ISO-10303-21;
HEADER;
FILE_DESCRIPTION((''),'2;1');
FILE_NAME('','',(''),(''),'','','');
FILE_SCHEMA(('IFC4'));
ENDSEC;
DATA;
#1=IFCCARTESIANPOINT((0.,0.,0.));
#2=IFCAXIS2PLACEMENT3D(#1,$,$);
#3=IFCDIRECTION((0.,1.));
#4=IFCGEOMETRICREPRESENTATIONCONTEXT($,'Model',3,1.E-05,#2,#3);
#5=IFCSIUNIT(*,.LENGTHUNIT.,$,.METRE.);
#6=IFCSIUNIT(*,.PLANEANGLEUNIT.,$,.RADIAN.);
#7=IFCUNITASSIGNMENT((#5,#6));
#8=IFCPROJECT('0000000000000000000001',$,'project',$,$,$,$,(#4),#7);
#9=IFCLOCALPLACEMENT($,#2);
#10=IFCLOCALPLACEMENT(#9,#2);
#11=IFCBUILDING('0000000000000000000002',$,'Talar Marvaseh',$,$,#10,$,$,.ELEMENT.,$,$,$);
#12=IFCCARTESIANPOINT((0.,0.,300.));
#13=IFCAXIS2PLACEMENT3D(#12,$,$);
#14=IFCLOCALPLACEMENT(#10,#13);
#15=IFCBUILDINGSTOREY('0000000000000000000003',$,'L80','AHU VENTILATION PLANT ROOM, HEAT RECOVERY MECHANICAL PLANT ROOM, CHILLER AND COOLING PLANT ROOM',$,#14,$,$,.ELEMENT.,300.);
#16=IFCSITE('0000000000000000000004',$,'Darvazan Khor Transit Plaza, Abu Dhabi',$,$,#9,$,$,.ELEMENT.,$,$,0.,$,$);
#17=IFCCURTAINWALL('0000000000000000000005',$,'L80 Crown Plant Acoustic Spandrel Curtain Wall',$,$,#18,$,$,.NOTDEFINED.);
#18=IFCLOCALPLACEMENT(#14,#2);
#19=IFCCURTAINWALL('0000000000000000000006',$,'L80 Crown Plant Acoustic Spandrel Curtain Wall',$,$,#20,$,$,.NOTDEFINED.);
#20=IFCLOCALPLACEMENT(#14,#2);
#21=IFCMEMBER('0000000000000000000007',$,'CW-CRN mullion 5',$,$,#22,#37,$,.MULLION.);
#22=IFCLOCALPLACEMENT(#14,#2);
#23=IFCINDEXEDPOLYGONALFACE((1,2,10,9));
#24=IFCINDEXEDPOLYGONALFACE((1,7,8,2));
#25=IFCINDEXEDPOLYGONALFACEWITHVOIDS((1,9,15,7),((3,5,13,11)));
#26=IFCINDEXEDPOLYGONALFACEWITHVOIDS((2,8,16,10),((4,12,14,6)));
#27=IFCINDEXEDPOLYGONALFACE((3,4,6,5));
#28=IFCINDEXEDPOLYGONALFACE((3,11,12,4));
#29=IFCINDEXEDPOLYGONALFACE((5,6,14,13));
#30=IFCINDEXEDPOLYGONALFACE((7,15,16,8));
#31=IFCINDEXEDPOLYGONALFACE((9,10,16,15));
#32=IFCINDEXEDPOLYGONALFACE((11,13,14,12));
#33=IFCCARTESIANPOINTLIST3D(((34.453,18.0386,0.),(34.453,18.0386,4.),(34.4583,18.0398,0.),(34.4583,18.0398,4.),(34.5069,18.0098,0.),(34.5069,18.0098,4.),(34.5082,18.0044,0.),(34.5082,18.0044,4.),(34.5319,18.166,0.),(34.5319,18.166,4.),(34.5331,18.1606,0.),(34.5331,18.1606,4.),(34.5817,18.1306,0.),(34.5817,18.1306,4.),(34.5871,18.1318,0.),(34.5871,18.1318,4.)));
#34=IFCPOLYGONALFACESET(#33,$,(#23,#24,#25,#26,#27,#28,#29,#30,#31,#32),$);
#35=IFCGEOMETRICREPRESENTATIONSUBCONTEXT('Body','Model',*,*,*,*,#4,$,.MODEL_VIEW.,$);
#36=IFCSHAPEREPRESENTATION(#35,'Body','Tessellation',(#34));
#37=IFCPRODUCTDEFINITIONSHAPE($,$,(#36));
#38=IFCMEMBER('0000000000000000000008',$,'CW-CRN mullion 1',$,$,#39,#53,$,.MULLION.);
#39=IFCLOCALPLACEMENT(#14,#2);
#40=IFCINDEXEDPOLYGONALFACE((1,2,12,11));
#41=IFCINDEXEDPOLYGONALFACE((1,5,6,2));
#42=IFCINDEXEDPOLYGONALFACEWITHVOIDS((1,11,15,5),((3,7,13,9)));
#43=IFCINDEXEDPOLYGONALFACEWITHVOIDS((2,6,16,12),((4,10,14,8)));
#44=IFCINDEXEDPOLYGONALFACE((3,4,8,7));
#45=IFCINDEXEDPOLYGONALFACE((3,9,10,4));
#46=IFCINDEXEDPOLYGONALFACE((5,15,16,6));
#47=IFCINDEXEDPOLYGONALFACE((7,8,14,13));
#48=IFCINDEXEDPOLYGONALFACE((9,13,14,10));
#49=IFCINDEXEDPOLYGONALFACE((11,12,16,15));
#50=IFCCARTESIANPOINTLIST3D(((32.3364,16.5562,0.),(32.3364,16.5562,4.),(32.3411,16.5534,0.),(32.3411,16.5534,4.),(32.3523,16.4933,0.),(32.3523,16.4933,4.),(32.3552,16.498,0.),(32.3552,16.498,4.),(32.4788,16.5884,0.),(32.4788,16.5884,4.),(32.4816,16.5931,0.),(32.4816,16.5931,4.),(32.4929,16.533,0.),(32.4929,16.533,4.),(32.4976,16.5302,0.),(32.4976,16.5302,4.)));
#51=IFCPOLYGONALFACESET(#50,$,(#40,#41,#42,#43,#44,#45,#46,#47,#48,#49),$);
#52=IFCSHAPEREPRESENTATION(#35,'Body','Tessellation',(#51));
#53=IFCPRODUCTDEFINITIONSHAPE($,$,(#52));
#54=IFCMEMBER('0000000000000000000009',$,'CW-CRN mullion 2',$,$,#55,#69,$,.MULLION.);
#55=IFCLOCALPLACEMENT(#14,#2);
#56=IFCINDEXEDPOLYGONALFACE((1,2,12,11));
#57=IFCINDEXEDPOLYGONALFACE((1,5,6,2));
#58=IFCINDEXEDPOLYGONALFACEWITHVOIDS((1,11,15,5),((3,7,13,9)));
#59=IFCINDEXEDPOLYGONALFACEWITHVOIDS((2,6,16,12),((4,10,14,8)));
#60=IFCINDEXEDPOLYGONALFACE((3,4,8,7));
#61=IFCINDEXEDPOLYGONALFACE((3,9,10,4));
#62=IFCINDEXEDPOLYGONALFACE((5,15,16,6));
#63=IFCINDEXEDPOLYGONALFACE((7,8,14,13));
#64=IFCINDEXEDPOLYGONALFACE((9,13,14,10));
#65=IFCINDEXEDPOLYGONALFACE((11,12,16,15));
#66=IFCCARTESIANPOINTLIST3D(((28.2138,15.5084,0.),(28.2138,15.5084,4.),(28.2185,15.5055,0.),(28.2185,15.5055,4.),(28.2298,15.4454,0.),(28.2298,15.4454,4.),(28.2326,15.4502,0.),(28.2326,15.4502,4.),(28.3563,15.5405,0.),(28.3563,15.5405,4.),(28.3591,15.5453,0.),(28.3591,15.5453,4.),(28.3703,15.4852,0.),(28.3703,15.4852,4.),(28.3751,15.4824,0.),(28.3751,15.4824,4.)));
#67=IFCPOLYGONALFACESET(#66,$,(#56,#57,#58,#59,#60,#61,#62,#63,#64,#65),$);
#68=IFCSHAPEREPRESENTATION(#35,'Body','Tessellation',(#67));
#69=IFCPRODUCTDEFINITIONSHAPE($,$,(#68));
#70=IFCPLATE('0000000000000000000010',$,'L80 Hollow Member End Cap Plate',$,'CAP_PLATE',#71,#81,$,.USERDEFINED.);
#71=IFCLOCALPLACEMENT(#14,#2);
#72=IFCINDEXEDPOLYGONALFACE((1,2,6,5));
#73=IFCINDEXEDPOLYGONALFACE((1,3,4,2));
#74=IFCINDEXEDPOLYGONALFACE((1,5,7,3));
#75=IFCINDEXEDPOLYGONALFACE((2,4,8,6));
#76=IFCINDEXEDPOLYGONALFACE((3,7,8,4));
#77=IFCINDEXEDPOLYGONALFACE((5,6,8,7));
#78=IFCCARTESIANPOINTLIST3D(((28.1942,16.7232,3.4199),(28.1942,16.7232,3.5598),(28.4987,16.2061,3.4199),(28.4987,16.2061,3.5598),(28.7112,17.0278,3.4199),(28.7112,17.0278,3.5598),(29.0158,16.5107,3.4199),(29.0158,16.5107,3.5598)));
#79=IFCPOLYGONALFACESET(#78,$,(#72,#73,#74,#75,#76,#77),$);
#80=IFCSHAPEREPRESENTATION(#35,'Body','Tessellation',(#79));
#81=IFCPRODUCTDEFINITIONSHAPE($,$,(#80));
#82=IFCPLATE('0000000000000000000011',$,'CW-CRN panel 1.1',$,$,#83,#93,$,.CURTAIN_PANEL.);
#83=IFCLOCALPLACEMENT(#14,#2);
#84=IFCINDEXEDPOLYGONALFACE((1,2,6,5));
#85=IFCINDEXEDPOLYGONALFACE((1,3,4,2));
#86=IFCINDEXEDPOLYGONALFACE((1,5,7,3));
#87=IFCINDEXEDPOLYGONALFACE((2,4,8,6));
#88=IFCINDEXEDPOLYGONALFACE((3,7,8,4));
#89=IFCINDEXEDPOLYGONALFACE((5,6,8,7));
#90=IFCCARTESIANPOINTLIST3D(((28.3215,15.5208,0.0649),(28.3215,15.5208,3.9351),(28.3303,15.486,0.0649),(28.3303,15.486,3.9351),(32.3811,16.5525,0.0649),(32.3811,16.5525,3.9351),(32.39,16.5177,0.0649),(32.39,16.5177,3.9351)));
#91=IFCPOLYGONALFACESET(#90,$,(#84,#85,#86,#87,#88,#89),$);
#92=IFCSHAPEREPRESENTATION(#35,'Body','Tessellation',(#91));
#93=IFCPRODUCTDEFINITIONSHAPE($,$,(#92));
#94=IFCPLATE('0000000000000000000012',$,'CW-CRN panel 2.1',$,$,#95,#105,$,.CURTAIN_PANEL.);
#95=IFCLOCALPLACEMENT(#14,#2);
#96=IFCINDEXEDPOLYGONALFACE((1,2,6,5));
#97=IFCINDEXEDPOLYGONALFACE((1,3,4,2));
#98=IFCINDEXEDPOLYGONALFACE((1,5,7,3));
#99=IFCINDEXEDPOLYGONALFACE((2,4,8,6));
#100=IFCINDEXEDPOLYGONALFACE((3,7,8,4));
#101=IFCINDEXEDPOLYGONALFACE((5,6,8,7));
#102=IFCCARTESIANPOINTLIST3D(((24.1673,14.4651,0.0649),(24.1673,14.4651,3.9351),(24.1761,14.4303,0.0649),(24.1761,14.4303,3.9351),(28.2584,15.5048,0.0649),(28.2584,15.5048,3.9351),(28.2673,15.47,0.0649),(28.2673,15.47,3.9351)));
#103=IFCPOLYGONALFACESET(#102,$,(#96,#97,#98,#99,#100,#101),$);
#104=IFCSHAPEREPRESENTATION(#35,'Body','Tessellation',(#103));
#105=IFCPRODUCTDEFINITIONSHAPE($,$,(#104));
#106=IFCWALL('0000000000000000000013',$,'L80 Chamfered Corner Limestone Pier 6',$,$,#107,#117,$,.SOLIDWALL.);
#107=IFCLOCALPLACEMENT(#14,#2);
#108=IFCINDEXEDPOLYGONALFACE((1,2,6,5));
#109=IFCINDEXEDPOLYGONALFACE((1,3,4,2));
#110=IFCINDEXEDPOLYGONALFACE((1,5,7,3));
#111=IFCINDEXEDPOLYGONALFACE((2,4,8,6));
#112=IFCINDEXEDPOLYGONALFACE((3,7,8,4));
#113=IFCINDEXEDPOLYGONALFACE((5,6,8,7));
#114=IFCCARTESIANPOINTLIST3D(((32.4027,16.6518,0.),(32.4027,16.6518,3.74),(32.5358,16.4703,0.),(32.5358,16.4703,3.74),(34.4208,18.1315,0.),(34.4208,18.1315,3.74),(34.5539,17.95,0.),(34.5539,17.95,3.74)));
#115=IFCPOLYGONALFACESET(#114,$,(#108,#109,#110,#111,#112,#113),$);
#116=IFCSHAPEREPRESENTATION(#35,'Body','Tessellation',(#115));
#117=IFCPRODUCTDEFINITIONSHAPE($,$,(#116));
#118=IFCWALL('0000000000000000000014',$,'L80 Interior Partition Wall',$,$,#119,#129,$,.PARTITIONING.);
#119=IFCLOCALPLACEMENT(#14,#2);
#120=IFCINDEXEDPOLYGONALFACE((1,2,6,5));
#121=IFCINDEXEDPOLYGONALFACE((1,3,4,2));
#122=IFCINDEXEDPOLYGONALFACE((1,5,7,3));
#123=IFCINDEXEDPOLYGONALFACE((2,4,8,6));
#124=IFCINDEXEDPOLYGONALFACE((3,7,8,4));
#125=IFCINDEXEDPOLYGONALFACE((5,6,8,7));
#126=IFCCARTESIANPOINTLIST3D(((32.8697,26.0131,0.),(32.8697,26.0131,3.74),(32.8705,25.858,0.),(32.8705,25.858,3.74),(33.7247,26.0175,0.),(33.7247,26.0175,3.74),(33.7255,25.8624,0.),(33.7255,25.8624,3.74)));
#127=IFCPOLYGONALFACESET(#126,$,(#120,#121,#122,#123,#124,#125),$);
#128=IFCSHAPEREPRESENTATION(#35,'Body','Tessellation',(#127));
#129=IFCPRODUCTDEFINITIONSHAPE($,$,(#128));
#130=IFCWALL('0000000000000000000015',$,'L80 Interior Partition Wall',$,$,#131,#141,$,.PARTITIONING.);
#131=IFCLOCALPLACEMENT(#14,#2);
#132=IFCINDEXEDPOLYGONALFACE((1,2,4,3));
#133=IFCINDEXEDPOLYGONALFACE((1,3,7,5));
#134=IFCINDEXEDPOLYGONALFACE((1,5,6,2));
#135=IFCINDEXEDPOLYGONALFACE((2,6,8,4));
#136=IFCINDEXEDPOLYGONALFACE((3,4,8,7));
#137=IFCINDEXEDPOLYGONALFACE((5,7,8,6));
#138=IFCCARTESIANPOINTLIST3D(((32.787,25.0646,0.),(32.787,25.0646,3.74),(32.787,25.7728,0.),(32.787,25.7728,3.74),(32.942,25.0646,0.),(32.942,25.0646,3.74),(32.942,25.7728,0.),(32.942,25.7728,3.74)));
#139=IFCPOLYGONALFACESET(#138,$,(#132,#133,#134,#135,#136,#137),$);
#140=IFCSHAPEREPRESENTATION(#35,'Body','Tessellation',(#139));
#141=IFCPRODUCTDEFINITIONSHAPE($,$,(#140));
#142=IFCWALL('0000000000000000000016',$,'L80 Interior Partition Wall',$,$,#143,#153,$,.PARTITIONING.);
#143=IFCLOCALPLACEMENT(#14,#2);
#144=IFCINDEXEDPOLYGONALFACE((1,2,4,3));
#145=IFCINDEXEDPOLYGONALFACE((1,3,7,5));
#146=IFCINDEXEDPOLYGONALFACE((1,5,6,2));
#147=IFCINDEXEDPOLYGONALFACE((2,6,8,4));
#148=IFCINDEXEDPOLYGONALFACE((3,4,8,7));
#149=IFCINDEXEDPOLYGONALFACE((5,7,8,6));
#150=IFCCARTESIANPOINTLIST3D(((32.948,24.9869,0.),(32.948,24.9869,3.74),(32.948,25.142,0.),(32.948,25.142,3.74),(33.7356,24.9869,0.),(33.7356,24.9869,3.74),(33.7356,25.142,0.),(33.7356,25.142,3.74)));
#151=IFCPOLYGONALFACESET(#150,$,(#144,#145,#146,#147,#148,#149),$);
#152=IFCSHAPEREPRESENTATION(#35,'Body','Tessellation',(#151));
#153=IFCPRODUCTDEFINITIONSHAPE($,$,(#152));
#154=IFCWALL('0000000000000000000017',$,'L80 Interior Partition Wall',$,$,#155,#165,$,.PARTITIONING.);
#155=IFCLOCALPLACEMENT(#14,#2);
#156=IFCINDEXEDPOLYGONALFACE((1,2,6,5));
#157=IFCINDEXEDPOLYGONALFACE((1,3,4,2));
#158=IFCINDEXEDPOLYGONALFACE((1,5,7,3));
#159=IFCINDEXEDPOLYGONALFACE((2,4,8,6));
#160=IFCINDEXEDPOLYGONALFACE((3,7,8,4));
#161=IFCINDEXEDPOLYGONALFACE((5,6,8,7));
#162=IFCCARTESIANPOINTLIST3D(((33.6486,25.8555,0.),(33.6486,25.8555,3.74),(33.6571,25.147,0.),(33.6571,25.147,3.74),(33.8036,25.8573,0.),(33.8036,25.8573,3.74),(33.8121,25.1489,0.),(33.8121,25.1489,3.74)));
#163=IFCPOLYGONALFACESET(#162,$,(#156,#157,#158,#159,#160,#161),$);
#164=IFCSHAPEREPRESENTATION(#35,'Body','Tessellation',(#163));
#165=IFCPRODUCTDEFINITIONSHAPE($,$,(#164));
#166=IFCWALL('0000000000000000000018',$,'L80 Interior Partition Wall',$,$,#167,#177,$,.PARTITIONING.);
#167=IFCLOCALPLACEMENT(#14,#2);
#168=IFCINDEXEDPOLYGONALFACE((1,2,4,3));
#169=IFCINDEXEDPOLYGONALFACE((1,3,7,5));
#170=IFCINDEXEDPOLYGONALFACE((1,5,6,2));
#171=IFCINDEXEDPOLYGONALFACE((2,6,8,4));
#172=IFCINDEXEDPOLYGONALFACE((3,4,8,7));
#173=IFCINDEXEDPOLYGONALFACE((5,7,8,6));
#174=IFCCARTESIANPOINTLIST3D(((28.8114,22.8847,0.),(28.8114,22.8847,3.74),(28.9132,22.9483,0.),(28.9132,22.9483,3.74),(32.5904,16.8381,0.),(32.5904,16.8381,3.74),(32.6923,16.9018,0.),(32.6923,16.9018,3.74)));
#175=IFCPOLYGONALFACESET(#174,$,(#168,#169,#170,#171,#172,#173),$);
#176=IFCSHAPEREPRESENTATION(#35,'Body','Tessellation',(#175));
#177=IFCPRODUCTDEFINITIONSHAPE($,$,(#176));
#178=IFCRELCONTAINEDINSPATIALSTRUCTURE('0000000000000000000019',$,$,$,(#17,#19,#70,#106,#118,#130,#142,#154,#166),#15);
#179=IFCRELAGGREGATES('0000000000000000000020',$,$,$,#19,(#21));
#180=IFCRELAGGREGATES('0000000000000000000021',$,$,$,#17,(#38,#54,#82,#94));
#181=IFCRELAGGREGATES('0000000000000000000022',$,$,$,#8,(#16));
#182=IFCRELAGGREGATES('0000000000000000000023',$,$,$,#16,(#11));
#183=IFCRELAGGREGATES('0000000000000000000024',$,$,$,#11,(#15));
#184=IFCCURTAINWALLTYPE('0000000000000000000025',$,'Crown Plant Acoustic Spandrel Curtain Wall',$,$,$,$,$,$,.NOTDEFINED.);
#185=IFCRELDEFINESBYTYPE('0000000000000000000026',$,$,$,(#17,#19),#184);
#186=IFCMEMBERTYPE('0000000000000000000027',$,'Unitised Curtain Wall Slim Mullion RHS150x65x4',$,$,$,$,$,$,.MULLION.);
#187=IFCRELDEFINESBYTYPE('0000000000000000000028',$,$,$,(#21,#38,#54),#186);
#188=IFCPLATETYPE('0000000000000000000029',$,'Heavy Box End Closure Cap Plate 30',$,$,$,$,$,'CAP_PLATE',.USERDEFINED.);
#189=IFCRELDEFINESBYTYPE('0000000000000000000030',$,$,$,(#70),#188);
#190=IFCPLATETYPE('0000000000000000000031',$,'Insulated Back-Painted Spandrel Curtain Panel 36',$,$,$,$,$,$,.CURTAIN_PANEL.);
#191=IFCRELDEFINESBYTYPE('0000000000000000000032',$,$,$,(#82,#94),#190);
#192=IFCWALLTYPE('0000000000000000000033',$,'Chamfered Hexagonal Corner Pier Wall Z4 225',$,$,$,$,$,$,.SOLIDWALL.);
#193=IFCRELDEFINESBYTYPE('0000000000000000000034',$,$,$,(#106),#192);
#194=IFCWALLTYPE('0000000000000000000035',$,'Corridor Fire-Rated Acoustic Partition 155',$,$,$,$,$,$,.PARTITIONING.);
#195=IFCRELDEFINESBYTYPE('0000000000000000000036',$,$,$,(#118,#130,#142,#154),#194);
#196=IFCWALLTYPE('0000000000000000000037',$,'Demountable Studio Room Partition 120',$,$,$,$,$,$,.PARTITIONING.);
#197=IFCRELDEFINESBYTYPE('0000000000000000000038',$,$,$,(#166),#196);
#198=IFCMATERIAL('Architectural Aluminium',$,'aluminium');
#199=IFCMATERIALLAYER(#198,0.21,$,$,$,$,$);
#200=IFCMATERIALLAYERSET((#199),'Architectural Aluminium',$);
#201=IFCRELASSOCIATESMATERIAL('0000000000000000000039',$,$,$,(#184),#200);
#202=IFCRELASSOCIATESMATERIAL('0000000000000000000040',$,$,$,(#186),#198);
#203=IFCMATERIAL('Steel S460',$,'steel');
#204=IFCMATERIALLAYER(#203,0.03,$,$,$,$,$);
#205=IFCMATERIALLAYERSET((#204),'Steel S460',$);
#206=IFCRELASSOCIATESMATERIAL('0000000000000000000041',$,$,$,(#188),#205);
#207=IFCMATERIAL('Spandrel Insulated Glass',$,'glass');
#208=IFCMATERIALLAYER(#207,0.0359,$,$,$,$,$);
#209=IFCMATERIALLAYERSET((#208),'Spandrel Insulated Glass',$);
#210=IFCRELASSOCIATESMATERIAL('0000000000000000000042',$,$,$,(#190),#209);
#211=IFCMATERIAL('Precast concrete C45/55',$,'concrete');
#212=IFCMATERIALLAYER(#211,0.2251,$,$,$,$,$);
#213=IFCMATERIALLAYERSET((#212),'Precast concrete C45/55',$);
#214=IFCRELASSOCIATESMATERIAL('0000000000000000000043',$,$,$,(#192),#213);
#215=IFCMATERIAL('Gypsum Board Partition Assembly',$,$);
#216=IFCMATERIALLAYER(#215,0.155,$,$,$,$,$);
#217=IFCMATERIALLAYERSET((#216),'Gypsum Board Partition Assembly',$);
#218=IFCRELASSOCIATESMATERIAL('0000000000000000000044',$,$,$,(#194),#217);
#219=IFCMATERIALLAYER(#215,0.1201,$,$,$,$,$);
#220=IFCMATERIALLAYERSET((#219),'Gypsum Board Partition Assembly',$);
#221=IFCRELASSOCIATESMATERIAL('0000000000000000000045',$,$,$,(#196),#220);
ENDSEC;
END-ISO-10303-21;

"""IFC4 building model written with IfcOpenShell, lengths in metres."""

from ifc_helpers import new_model, si_unit, direction, frame, frame_2d, origin, origin_2d, place, context, subcontext, project, spatial, rectangle, hollow_rectangle, extrude, source, transform, mapped, material, layer, layer_set, material_profile, profile_set, type_object, type_shapes, element, aggregate, save


model = new_model("IFC4")

# Units and contexts
model_context = context("Model", 3, precision=1e-05, world=origin(), true_north=direction((0.0, 1.0)))
body_context = subcontext(model_context, "Body", "Model", "MODEL_VIEW")
ifc_project = project(units=[si_unit("LENGTHUNIT", "METRE"), si_unit("PLANEANGLEUNIT", "RADIAN")], contexts=[model_context])

# Site, building, storey
site_placement = place(None, origin())
site = spatial("IfcSite", under=ifc_project, at=site_placement, Name="Darvazan Khor Transit Plaza, Abu Dhabi", CompositionType="ELEMENT", RefElevation=0.0)
building_placement = place(site_placement, origin())
building = spatial("IfcBuilding", under=site, at=building_placement, Name="Talar Marvaseh", CompositionType="ELEMENT")
storey_placement = place(building_placement, frame((0.0, 0.0, 300.0)))
storey = spatial("IfcBuildingStorey", under=building, at=storey_placement, Name="L80", Description="AHU VENTILATION PLANT ROOM, HEAT RECOVERY MECHANICAL PLANT ROOM, CHILLER AND COOLING PLANT ROOM", CompositionType="ELEMENT", Elevation=300.0)

# Shared definitions
ifc_material_1 = material(Name="Steel S460", Category="steel")

# Curtain wall
ifc_material_2 = material(Name="Architectural Aluminium", Category="aluminium")
ifc_layer_1 = layer(ifc_material_2, 0.21)
ifc_layer_set_1 = layer_set([ifc_layer_1], Name="Architectural Aluminium")
curtain_wall_type = type_object("IfcCurtainWallType", Name="Crown Plant Acoustic Spandrel Curtain Wall", PredefinedType="NOTDEFINED", material=ifc_layer_set_1)
curtain_wall_1_placement = place(storey_placement, origin())
curtain_wall_1 = element("IfcCurtainWall", 1, at=curtain_wall_1_placement, inside=storey, type_object=curtain_wall_type, Name="L80 Crown Plant Acoustic Spandrel Curtain Wall", PredefinedType="NOTDEFINED")

# Curtain wall, member
curtain_wall_2_placement = place(storey_placement, origin())
curtain_wall_2 = element("IfcCurtainWall", 2, at=curtain_wall_2_placement, inside=storey, type_object=curtain_wall_type, Name="L80 Crown Plant Acoustic Spandrel Curtain Wall", PredefinedType="NOTDEFINED")
ifc_material_profile_1 = material_profile(ifc_material_2, hollow_rectangle(XDim=0.0649, YDim=0.1499, WallThickness=0.0039, at=origin_2d()), Name="RHS150x65x4")
ifc_profile_set_1 = profile_set([ifc_material_profile_1], Name="Architectural Aluminium")
member_type_1 = type_object("IfcMemberType", Name="Unitised Curtain Wall Slim Mullion RHS150x65x4", PredefinedType="MULLION", material=ifc_profile_set_1)
shared_shape_1 = source(origin(), body_context, "Body", "SweptSolid", [
    extrude(hollow_rectangle(XDim=0.0649, YDim=0.1499, WallThickness=0.0039, at=origin_2d()), origin(), (0.0, 0.0, 1.0), 4.0),
])
type_shapes(member_type_1, [shared_shape_1])
member_1_placement = place(storey_placement, frame((34.52, 18.0852, 0.0), z_axis=(0.0, 0.0, 1.0), x_axis=(0.850268, -0.52635, 0.0)))
member_1 = element("IfcMember", 3, at=member_1_placement, type_object=member_type_1, Name="CW-CRN mullion 5", PredefinedType="MULLION", context=body_context, shape_type="MappedRepresentation", body=[
    mapped(shared_shape_1, transform((0.0, 0.0, 0.0), x_axis=(1.0, 0.0, 0.0), y_axis=(0.0, 1.0, 0.0), z_axis=(0.0, 0.0, 1.0), scale=1.0)),
])
aggregate(curtain_wall_2, [member_1])

# Members
member_2_placement = place(storey_placement, frame((32.417, 16.5432, 0.0), z_axis=(0.0, 0.0, 1.0), x_axis=(0.246304, -0.969193, 0.0)))
member_2 = element("IfcMember", 4, at=member_2_placement, type_object=member_type_1, Name="CW-CRN mullion 1", PredefinedType="MULLION", context=body_context, shape_type="MappedRepresentation", body=[
    mapped(shared_shape_1, transform((0.0, 0.0, 0.0), x_axis=(1.0, 0.0, 0.0), y_axis=(0.0, 1.0, 0.0), z_axis=(0.0, 0.0, 1.0), scale=1.0)),
])
member_3_placement = place(storey_placement, frame((28.2944, 15.4954, 0.0), z_axis=(0.0, 0.0, 1.0), x_axis=(0.246304, -0.969193, 0.0)))
member_3 = element("IfcMember", 5, at=member_3_placement, type_object=member_type_1, Name="CW-CRN mullion 2", PredefinedType="MULLION", context=body_context, shape_type="MappedRepresentation", body=[
    mapped(shared_shape_1, transform((0.0, 0.0, 0.0), x_axis=(1.0, 0.0, 0.0), y_axis=(0.0, 1.0, 0.0), z_axis=(0.0, 0.0, 1.0), scale=1.0)),
])

# Plates
ifc_layer_2 = layer(ifc_material_1, 0.03)
ifc_layer_set_2 = layer_set([ifc_layer_2], Name="Steel S460")
plate_type_1 = type_object("IfcPlateType", Name="Heavy Box End Closure Cap Plate 30", ElementType="CAP_PLATE", PredefinedType="USERDEFINED", material=ifc_layer_set_2)
shared_shape_2 = source(origin(), body_context, "Body", "SweptSolid", [
    extrude(rectangle(XDim=0.6001, YDim=0.6001, at=origin_2d()), origin(), (0.0, 0.0, 1.0), 0.1399),
])
type_shapes(plate_type_1, [shared_shape_2])
plate_1_placement = place(storey_placement, frame((28.605, 16.6169, 3.4199), z_axis=(0.0, 0.0, 1.0), x_axis=(-0.861629, -0.507538, 0.0)))
element("IfcPlate", 6, at=plate_1_placement, inside=storey, type_object=plate_type_1, Name="L80 Hollow Member End Cap Plate", ObjectType="CAP_PLATE", PredefinedType="USERDEFINED", context=body_context, shape_type="MappedRepresentation", body=[
    mapped(shared_shape_2, transform((0.0, 0.0, 0.0), x_axis=(1.0, 0.0, 0.0), y_axis=(0.0, 1.0, 0.0), z_axis=(0.0, 0.0, 1.0), scale=1.0)),
])
ifc_material_3 = material(Name="Spandrel Insulated Glass", Category="glass")
ifc_layer_3 = layer(ifc_material_3, 0.0359)
ifc_layer_set_3 = layer_set([ifc_layer_3], Name="Spandrel Insulated Glass")
plate_type_2 = type_object("IfcPlateType", Name="Insulated Back-Painted Spandrel Curtain Panel 36", PredefinedType="CURTAIN_PANEL", material=ifc_layer_set_3)
shared_shape_3 = source(origin(), body_context, "Body", "SweptSolid", [
    extrude(rectangle(XDim=4.1887, YDim=0.0359, at=origin_2d()), origin(), (0.0, 0.0, 1.0), 3.8701),
])
plate_2_placement = place(storey_placement, frame((30.3557, 16.0193, 0.0649), z_axis=(0.0, 0.0, 1.0), x_axis=(-0.969193, -0.246304, 0.0)))
plate_2 = element("IfcPlate", 7, at=plate_2_placement, type_object=plate_type_2, Name="CW-CRN panel 1.1", PredefinedType="CURTAIN_PANEL", context=body_context, shape_type="MappedRepresentation", body=[
    mapped(shared_shape_3, transform((0.0, 0.0, 0.0), x_axis=(1.0, 0.0, 0.0), y_axis=(0.0, 1.0, 0.0), z_axis=(0.0, 0.0, 1.0), scale=1.0)),
])
shared_shape_4 = source(origin(), body_context, "Body", "SweptSolid", [
    extrude(rectangle(XDim=4.2212, YDim=0.0359, at=origin_2d()), origin(), (0.0, 0.0, 1.0), 3.8701),
])
type_shapes(plate_type_2, [shared_shape_3, shared_shape_4])
plate_3_placement = place(storey_placement, frame((26.2173, 14.9675, 0.0649), z_axis=(0.0, 0.0, 1.0), x_axis=(-0.969193, -0.246304, 0.0)))
plate_3 = element("IfcPlate", 8, at=plate_3_placement, type_object=plate_type_2, Name="CW-CRN panel 2.1", PredefinedType="CURTAIN_PANEL", context=body_context, shape_type="MappedRepresentation", body=[
    mapped(shared_shape_4, transform((0.0, 0.0, 0.0), x_axis=(1.0, 0.0, 0.0), y_axis=(0.0, 1.0, 0.0), z_axis=(0.0, 0.0, 1.0), scale=1.0)),
])
aggregate(curtain_wall_1, [member_2, member_3, plate_2, plate_3])

# Walls
ifc_material_4 = material(Name="Precast concrete C45/55", Category="concrete")
ifc_layer_4 = layer(ifc_material_4, 0.2251)
ifc_layer_set_4 = layer_set([ifc_layer_4], Name="Precast concrete C45/55")
wall_type_1 = type_object("IfcWallType", Name="Chamfered Hexagonal Corner Pier Wall Z4 225", PredefinedType="SOLIDWALL", material=ifc_layer_set_4)
wall_1_placement = place(storey_placement, frame((34.4873, 18.0408, 0.0), z_axis=(0.0, 0.0, 1.0), x_axis=(-0.806439, -0.591317, 0.0)))
element("IfcWall", 9, at=wall_1_placement, inside=storey, type_object=wall_type_1, Name="L80 Chamfered Corner Limestone Pier 6", PredefinedType="SOLIDWALL", context=body_context, shape_type="SweptSolid", body=[
    extrude(rectangle(XDim=2.5024, YDim=0.2251, at=frame_2d((1.2512, 0.0))), origin(), (0.0, 0.0, 1.0), 3.74),
])
ifc_material_5 = material(Name="Gypsum Board Partition Assembly")
ifc_layer_5 = layer(ifc_material_5, 0.155)
ifc_layer_set_5 = layer_set([ifc_layer_5], Name="Gypsum Board Partition Assembly")
wall_type_2 = type_object("IfcWallType", Name="Corridor Fire-Rated Acoustic Partition 155", PredefinedType="PARTITIONING", material=ifc_layer_set_5)
wall_2_placement = place(storey_placement, frame((33.7251, 25.9399, 0.0), z_axis=(0.0, 0.0, 1.0), x_axis=(-0.999987, -0.00514, 0.0)))
element("IfcWall", 10, at=wall_2_placement, inside=storey, type_object=wall_type_2, Name="L80 Interior Partition Wall", PredefinedType="PARTITIONING", context=body_context, shape_type="SweptSolid", body=[
    extrude(rectangle(XDim=0.855, YDim=0.155, at=frame_2d((0.4275, 0.0))), origin(), (0.0, 0.0, 1.0), 3.74),
])
wall_3_placement = place(storey_placement, frame((32.8645, 25.7727, 0.0), z_axis=(0.0, 0.0, 1.0), x_axis=(0.0, -1.0, 0.0)))
element("IfcWall", 11, at=wall_3_placement, inside=storey, type_object=wall_type_2, Name="L80 Interior Partition Wall", PredefinedType="PARTITIONING", context=body_context, shape_type="SweptSolid", body=[
    extrude(rectangle(XDim=0.7083, YDim=0.155, at=frame_2d((0.354, 0.0))), origin(), (0.0, 0.0, 1.0), 3.74),
])
wall_4_placement = place(storey_placement, frame((32.948, 25.0645, 0.0), z_axis=(0.0, 0.0, 1.0), x_axis=(1.0, 0.0, 0.0)))
element("IfcWall", 12, at=wall_4_placement, inside=storey, type_object=wall_type_2, Name="L80 Interior Partition Wall", PredefinedType="PARTITIONING", context=body_context, shape_type="SweptSolid", body=[
    extrude(rectangle(XDim=0.7876, YDim=0.155, at=frame_2d((0.3938, 0.0))), origin(), (0.0, 0.0, 1.0), 3.74),
])
wall_5_placement = place(storey_placement, frame((33.7346, 25.1479, 0.0), z_axis=(0.0, 0.0, 1.0), x_axis=(-0.01206, 0.999927, 0.0)))
element("IfcWall", 13, at=wall_5_placement, inside=storey, type_object=wall_type_2, Name="L80 Interior Partition Wall", PredefinedType="PARTITIONING", context=body_context, shape_type="SweptSolid", body=[
    extrude(rectangle(XDim=0.7085, YDim=0.155, at=frame_2d((0.3542, 0.0))), origin(), (0.0, 0.0, 1.0), 3.74),
])
ifc_layer_6 = layer(ifc_material_5, 0.1201)
ifc_layer_set_6 = layer_set([ifc_layer_6], Name="Gypsum Board Partition Assembly")
wall_type_3 = type_object("IfcWallType", Name="Demountable Studio Room Partition 120", PredefinedType="PARTITIONING", material=ifc_layer_set_6)
wall_6_placement = place(storey_placement, frame((28.8623, 22.9165, 0.0), z_axis=(0.0, 0.0, 1.0), x_axis=(0.52999, -0.848004, 0.0)))
element("IfcWall", 14, at=wall_6_placement, inside=storey, type_object=wall_type_3, Name="L80 Interior Partition Wall", PredefinedType="PARTITIONING", context=body_context, shape_type="SweptSolid", body=[
    extrude(rectangle(XDim=7.1304, YDim=0.1201, at=frame_2d((3.5652, 0.0))), origin(), (0.0, 0.0, 1.0), 3.74),
])

save(model, "model.ifc")
